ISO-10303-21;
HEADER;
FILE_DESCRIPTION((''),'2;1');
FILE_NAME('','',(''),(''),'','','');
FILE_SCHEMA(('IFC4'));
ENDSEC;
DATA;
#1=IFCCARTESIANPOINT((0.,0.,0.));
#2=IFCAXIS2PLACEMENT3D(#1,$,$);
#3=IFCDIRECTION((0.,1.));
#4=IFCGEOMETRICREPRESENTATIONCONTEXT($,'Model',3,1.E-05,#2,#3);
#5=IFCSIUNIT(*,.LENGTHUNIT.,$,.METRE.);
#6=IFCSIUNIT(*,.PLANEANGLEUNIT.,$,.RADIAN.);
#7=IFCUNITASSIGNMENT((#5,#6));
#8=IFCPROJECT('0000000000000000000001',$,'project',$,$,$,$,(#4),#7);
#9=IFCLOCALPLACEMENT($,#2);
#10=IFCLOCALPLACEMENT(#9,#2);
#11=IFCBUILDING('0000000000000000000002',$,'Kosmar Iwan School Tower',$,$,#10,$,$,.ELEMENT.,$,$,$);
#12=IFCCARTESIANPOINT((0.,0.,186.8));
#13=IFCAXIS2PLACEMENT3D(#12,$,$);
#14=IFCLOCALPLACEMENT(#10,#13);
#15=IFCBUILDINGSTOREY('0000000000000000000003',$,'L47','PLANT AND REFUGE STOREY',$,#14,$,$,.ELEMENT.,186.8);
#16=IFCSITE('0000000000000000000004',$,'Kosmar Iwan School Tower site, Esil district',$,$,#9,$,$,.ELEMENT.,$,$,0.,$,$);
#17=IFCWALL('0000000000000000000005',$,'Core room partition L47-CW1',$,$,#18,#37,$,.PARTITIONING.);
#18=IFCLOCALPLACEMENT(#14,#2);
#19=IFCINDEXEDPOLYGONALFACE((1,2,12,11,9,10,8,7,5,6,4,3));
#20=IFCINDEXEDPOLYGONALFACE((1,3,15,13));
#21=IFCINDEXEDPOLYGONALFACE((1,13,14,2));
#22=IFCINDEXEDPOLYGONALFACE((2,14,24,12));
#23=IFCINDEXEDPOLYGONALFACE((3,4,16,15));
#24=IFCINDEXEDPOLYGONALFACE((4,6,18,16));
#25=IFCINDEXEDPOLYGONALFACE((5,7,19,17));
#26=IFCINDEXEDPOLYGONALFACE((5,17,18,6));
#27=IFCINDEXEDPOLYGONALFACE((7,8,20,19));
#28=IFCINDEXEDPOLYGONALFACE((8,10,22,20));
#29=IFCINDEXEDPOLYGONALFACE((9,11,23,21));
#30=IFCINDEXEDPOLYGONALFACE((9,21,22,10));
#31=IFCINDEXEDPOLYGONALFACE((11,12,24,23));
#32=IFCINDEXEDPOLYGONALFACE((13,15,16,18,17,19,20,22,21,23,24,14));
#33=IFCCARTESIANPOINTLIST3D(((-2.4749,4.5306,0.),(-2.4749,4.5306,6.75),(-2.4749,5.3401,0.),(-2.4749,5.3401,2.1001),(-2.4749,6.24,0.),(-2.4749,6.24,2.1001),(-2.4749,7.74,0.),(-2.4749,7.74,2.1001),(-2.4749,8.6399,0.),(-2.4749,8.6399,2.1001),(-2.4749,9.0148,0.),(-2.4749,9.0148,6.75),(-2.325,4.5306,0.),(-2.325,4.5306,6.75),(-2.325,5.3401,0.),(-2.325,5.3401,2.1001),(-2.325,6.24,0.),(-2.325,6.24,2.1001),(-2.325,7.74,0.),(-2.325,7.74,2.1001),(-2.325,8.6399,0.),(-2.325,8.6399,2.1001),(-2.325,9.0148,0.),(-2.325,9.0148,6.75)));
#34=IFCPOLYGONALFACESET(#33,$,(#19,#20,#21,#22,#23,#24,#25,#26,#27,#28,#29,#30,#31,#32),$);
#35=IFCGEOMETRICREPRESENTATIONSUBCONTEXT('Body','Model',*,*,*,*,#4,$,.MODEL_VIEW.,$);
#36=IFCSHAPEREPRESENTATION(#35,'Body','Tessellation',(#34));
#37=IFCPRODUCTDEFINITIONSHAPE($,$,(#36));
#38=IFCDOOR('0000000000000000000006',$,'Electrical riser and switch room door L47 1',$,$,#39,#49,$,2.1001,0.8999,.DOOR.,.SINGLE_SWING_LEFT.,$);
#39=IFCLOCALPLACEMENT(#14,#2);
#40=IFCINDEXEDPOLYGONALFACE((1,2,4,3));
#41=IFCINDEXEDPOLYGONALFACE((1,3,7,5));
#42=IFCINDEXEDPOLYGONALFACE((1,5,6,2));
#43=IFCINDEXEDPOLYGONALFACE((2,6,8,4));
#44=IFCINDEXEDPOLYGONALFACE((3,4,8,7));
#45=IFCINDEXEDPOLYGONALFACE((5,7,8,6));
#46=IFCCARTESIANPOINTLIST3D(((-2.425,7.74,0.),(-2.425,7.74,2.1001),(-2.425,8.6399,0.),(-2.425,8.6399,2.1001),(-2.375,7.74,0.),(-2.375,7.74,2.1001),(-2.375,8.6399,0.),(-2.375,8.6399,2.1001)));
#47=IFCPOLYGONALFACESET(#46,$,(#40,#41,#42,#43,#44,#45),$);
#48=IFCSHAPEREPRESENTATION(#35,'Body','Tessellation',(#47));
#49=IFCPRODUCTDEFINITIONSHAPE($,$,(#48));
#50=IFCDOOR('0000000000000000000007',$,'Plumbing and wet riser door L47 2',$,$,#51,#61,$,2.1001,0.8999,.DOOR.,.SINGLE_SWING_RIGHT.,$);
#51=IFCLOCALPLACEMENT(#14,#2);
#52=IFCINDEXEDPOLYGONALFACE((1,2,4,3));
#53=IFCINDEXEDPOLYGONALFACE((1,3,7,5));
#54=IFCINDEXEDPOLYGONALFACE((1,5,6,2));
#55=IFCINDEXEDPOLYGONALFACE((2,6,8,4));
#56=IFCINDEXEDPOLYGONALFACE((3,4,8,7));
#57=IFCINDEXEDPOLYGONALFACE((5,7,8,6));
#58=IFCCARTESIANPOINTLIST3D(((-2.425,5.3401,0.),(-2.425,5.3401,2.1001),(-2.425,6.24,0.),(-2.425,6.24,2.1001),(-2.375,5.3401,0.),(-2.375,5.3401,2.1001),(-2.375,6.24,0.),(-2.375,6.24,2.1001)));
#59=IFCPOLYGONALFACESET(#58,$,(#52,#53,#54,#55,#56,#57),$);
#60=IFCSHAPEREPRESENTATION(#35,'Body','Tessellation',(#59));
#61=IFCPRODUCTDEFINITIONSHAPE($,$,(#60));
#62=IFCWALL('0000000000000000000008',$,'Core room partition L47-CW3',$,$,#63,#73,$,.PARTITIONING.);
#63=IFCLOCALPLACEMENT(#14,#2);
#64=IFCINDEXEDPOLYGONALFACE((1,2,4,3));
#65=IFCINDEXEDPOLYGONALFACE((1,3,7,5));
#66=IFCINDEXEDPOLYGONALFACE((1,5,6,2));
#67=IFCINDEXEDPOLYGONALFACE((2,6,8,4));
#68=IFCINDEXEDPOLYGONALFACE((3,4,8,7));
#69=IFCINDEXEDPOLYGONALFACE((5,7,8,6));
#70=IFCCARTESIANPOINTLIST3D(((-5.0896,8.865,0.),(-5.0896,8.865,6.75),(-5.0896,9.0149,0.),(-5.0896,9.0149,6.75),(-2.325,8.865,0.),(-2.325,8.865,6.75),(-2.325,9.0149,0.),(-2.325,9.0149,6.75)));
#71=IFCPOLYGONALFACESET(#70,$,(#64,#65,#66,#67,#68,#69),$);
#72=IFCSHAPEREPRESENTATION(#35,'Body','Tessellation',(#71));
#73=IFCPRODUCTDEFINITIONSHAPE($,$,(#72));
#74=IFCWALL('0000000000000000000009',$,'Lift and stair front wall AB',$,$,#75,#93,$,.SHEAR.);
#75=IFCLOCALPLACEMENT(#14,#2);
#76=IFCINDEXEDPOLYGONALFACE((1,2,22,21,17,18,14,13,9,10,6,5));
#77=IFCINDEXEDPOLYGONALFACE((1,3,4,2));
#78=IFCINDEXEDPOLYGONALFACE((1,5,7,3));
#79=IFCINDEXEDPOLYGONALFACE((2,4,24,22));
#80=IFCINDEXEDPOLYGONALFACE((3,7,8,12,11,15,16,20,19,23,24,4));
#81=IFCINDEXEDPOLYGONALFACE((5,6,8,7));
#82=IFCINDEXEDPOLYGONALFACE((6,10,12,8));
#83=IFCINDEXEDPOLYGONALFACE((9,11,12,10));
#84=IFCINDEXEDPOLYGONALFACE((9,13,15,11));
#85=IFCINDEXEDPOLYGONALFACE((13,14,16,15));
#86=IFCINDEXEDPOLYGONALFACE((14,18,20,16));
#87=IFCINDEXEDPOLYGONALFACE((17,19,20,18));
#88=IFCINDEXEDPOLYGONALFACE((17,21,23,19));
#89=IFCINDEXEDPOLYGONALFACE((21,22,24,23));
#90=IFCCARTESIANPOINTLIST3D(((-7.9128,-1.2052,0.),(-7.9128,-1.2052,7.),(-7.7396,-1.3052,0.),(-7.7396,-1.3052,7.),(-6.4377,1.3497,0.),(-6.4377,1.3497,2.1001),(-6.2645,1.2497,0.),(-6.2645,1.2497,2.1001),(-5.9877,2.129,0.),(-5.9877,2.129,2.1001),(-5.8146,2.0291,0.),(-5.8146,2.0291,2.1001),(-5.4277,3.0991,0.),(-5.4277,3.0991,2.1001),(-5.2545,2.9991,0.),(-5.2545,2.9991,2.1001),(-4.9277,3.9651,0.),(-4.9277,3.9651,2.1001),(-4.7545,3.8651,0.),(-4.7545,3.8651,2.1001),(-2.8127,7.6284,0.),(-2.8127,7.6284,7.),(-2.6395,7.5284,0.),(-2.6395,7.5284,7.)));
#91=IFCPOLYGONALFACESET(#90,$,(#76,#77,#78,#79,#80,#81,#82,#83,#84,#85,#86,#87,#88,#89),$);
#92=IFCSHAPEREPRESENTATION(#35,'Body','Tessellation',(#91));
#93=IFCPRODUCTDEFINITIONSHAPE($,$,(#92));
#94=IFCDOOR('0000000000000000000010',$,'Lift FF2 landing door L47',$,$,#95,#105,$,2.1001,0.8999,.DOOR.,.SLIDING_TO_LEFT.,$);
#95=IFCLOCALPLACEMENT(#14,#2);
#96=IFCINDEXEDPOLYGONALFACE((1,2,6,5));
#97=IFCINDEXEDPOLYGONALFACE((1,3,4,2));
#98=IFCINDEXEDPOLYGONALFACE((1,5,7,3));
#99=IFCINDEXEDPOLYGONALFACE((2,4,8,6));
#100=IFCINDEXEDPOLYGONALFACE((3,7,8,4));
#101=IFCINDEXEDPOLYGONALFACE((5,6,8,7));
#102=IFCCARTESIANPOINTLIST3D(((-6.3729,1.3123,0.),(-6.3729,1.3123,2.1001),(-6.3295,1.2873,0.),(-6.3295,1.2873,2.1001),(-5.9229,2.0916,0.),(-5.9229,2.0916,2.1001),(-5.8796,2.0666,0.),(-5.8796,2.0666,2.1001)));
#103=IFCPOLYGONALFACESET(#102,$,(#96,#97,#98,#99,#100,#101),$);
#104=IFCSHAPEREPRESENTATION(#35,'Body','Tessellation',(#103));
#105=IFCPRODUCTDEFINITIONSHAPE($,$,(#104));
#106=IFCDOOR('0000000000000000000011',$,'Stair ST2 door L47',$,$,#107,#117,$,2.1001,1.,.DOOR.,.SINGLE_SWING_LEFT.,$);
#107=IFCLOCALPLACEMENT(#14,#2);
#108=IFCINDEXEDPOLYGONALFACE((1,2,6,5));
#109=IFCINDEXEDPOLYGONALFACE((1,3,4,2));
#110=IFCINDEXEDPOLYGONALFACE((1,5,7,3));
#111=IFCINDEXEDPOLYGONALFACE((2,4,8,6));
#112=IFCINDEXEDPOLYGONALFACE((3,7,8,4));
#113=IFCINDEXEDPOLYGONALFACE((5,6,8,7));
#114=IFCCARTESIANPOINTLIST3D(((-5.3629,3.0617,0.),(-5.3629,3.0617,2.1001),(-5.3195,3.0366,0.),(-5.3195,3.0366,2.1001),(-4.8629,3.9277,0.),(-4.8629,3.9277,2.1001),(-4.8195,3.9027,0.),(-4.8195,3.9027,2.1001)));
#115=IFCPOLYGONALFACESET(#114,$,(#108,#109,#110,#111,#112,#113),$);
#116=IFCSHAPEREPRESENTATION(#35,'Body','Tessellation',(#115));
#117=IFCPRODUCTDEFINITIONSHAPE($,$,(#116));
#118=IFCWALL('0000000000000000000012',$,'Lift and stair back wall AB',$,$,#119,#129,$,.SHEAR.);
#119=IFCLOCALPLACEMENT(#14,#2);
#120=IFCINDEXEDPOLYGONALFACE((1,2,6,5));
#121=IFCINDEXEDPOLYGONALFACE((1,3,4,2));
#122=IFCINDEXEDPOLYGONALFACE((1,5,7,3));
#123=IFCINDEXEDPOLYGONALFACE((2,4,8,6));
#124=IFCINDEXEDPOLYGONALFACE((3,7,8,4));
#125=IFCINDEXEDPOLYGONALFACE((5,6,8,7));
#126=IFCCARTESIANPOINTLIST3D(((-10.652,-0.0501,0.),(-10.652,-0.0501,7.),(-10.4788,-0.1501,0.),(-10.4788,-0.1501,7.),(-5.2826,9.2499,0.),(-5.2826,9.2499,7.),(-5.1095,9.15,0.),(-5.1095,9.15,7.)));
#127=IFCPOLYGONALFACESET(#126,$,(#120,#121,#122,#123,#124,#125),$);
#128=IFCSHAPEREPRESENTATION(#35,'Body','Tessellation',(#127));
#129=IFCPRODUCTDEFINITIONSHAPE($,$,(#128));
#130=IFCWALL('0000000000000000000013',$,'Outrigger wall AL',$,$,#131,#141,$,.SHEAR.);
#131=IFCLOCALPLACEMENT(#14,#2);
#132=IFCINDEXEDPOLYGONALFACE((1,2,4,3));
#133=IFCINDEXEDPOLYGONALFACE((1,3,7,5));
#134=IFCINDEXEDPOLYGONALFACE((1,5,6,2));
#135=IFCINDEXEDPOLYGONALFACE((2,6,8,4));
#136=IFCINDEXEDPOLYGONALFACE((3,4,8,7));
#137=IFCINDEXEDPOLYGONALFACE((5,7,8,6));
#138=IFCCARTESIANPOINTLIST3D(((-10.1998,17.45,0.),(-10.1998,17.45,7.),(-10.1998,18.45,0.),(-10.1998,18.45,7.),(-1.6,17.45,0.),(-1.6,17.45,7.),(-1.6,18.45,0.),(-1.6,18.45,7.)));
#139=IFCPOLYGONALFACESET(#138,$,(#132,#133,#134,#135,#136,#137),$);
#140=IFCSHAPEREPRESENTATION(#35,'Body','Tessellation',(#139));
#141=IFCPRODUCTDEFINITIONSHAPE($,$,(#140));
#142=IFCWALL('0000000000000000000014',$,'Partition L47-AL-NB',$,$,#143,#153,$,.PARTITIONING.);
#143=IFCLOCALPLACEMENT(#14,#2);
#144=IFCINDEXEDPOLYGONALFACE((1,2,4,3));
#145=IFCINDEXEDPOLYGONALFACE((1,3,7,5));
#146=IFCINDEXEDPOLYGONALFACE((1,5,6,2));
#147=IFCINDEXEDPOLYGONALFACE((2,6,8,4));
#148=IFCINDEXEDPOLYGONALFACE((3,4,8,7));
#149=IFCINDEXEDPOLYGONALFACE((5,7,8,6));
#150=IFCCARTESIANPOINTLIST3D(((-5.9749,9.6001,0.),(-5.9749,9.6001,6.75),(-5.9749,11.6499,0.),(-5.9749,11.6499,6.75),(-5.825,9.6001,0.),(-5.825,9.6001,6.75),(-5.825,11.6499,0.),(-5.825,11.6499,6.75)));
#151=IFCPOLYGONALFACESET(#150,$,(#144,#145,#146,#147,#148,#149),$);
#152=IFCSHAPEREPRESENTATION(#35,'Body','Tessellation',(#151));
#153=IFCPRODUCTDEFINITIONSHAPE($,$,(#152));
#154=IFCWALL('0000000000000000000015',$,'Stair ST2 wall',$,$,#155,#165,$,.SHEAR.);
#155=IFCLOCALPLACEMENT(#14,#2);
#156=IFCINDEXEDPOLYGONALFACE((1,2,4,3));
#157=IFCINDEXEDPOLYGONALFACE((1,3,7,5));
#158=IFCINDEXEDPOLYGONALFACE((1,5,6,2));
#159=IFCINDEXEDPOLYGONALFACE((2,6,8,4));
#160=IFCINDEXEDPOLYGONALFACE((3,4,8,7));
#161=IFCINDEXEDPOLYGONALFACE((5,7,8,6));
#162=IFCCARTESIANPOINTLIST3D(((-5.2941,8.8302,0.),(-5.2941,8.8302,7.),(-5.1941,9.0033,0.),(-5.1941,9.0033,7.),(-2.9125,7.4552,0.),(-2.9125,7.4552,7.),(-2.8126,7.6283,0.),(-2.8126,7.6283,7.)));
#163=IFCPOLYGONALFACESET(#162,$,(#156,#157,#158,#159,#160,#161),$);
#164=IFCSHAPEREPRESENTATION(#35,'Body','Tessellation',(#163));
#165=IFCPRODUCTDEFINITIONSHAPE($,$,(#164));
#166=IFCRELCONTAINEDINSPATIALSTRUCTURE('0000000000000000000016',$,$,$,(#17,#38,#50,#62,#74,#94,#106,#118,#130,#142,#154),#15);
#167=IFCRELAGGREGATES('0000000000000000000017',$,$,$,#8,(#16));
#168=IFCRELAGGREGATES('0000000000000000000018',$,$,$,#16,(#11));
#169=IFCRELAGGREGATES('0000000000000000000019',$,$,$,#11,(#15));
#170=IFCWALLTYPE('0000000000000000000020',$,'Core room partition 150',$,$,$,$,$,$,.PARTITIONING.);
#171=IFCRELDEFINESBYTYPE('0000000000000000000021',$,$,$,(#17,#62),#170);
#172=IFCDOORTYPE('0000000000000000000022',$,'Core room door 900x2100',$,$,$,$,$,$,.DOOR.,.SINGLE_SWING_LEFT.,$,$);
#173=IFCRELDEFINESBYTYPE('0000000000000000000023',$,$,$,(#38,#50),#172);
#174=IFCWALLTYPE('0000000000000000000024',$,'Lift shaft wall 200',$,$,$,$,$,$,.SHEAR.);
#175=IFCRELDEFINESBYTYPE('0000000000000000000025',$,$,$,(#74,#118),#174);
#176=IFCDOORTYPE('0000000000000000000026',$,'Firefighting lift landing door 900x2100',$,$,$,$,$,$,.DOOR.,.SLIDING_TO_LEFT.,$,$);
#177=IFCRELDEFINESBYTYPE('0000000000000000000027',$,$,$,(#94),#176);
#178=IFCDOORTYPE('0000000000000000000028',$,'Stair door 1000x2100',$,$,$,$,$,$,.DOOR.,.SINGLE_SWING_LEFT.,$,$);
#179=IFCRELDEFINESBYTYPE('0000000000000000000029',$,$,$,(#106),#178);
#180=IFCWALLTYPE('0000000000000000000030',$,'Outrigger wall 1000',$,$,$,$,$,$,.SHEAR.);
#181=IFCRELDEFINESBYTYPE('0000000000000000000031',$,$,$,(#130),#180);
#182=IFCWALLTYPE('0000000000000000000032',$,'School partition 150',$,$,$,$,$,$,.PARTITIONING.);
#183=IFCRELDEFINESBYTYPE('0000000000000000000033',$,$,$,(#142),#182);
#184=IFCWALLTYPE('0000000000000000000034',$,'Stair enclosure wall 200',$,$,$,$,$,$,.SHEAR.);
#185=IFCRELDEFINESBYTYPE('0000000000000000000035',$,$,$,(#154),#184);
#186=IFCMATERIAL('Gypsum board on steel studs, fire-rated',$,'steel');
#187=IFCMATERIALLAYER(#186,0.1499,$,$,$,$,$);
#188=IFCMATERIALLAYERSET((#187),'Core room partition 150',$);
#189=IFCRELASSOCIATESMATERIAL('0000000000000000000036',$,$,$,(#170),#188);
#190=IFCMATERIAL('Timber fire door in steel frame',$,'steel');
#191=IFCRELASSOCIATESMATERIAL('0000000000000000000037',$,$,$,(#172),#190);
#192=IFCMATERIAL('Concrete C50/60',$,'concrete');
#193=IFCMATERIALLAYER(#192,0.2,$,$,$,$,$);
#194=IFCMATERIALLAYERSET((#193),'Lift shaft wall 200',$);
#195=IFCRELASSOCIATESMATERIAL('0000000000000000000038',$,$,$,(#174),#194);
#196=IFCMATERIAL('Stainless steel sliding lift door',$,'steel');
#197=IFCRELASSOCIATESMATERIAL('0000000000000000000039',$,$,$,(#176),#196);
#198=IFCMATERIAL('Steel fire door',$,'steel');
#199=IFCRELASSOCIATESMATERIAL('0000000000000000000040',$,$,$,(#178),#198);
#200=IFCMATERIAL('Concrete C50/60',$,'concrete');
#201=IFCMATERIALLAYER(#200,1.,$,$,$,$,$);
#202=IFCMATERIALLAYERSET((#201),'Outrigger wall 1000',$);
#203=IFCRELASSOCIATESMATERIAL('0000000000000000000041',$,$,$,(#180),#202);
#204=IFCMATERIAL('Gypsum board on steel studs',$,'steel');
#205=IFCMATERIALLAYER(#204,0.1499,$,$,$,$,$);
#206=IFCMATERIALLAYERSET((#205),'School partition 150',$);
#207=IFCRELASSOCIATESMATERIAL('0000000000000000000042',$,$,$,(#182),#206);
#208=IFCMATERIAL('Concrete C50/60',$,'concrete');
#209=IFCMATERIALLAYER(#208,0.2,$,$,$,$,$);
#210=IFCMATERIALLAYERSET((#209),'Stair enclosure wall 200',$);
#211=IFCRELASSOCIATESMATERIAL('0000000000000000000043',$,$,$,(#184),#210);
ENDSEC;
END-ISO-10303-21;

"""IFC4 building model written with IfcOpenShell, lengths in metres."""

from ifc_helpers import new_model, si_unit, direction, frame, frame_2d, origin, place, context, subcontext, project, spatial, rectangle, extrude, material, layer, layer_set, type_object, element, fill, save


model = new_model("IFC4")

# Units and contexts
model_context = context("Model", 3, precision=1e-05, world=origin(), true_north=direction((0.0, 1.0)))
body_context = subcontext(model_context, "Body", "Model", "MODEL_VIEW")
ifc_project = project(units=[si_unit("LENGTHUNIT", "METRE"), si_unit("PLANEANGLEUNIT", "RADIAN")], contexts=[model_context])

# Site, building, storey
site_placement = place(None, origin())
site = spatial("IfcSite", under=ifc_project, at=site_placement, Name="Kosmar Iwan School Tower site, Esil district", CompositionType="ELEMENT", RefElevation=0.0)
building_placement = place(site_placement, origin())
building = spatial("IfcBuilding", under=site, at=building_placement, Name="Kosmar Iwan School Tower", CompositionType="ELEMENT")
storey_placement = place(building_placement, frame((0.0, 0.0, 186.8)))
storey = spatial("IfcBuildingStorey", under=building, at=storey_placement, Name="L47", Description="PLANT AND REFUGE STOREY", CompositionType="ELEMENT", Elevation=186.8)

# Wall, openings, doors
ifc_material_1 = material(Name="Gypsum board on steel studs, fire-rated", Category="steel")
ifc_layer_1 = layer(ifc_material_1, 0.1499)
ifc_layer_set_1 = layer_set([ifc_layer_1], Name="Core room partition 150")
wall_type_1 = type_object("IfcWallType", Name="Core room partition 150", PredefinedType="PARTITIONING", material=ifc_layer_set_1)
wall_1_placement = place(storey_placement, frame((-2.3999, 9.0149, 0.0), z_axis=(0.0, 0.0, 1.0), x_axis=(0.0, -1.0, 0.0)))
wall_1 = element("IfcWall", 1, at=wall_1_placement, inside=storey, type_object=wall_type_1, Name="Core room partition L47-CW1", PredefinedType="PARTITIONING", context=body_context, shape_type="SweptSolid", body=[
    extrude(rectangle(XDim=4.4841, YDim=0.1499, at=frame_2d((2.2422, 0.0))), origin(), (0.0, 0.0, 1.0), 6.75),
])
opening_1_placement = place(wall_1_placement, frame((0.375, 0.0, 0.0)))
opening_1 = element("IfcOpeningElement", 2, at=opening_1_placement, cuts=wall_1, PredefinedType="OPENING", context=body_context, shape_type="SweptSolid", body=[
    extrude(rectangle(XDim=0.8999, YDim=2.1001, at=frame_2d((0.45, 1.05))), frame((0.0, 0.0869, 0.0), z_axis=(0.0, -1.0, 0.0), x_axis=(1.0, 0.0, 0.0)), (0.0, 0.0, 1.0), 0.1738),
])
opening_2_placement = place(wall_1_placement, frame((2.7749, 0.0, 0.0)))
opening_2 = element("IfcOpeningElement", 3, at=opening_2_placement, cuts=wall_1, PredefinedType="OPENING", context=body_context, shape_type="SweptSolid", body=[
    extrude(rectangle(XDim=0.8999, YDim=2.1001, at=frame_2d((0.45, 1.05))), frame((0.0, 0.0869, 0.0), z_axis=(0.0, -1.0, 0.0), x_axis=(1.0, 0.0, 0.0)), (0.0, 0.0, 1.0), 0.1738),
])
ifc_material_2 = material(Name="Timber fire door in steel frame", Category="steel")
door_type_1 = type_object("IfcDoorType", Name="Core room door 900x2100", OperationType="SINGLE_SWING_LEFT", PredefinedType="DOOR", material=ifc_material_2)
door_1_placement = place(opening_1_placement, origin())
door_1 = element("IfcDoor", 4, at=door_1_placement, inside=storey, type_object=door_type_1, Name="Electrical riser and switch room door L47 1", OperationType="SINGLE_SWING_LEFT", OverallHeight=2.1001, OverallWidth=0.8999, PredefinedType="DOOR", context=body_context, shape_type="SweptSolid", body=[
    extrude(rectangle(XDim=0.8999, YDim=2.1001, at=frame_2d((0.45, 1.05))), frame((0.0, 0.0249, 0.0), z_axis=(0.0, -1.0, 0.0), x_axis=(1.0, 0.0, 0.0)), (0.0, 0.0, 1.0), 0.05),
])
fill(opening_1, door_1)
door_2_placement = place(opening_2_placement, origin())
door_2 = element("IfcDoor", 5, at=door_2_placement, inside=storey, type_object=door_type_1, Name="Plumbing and wet riser door L47 2", OperationType="SINGLE_SWING_RIGHT", OverallHeight=2.1001, OverallWidth=0.8999, PredefinedType="DOOR", context=body_context, shape_type="SweptSolid", body=[
    extrude(rectangle(XDim=0.8999, YDim=2.1001, at=frame_2d((0.45, 1.05))), frame((0.0, 0.0249, 0.0), z_axis=(0.0, -1.0, 0.0), x_axis=(1.0, 0.0, 0.0)), (0.0, 0.0, 1.0), 0.05),
])
fill(opening_2, door_2)

# Wall
wall_2_placement = place(storey_placement, frame((-5.0896, 8.9399, 0.0), z_axis=(0.0, 0.0, 1.0), x_axis=(1.0, 0.0, 0.0)))
element("IfcWall", 6, at=wall_2_placement, inside=storey, type_object=wall_type_1, Name="Core room partition L47-CW3", PredefinedType="PARTITIONING", context=body_context, shape_type="SweptSolid", body=[
    extrude(rectangle(XDim=2.7646, YDim=0.1499, at=frame_2d((1.3823, 0.0))), origin(), (0.0, 0.0, 1.0), 6.75),
])

# Wall, openings, doors
ifc_material_3 = material(Name="Concrete C50/60", Category="concrete")
ifc_layer_2 = layer(ifc_material_3, 0.2)
ifc_layer_set_2 = layer_set([ifc_layer_2], Name="Lift shaft wall 200")
wall_type_2 = type_object("IfcWallType", Name="Lift shaft wall 200", PredefinedType="SHEAR", material=ifc_layer_set_2)
wall_3_placement = place(storey_placement, frame((-2.7261, 7.5784, 0.0), z_axis=(0.0, 0.0, 1.0), x_axis=(-0.500006, -0.866022, 0.0)))
wall_3 = element("IfcWall", 7, at=wall_3_placement, inside=storey, type_object=wall_type_2, Name="Lift and stair front wall AB", PredefinedType="SHEAR", context=body_context, shape_type="SweptSolid", body=[
    extrude(rectangle(XDim=10.2002, YDim=0.2, at=frame_2d((5.1001, 0.0))), origin(), (0.0, 0.0, 1.0), 7.0),
])
opening_3_placement = place(wall_3_placement, frame((6.3501, 0.0, 0.0)))
opening_3 = element("IfcOpeningElement", 8, at=opening_3_placement, cuts=wall_3, PredefinedType="OPENING", context=body_context, shape_type="SweptSolid", body=[
    extrude(rectangle(XDim=0.8999, YDim=2.1001, at=frame_2d((0.45, 1.05))), frame((0.0, 0.1121, 0.0), z_axis=(0.0, -1.0, 0.0), x_axis=(1.0, 0.0, 0.0)), (0.0, 0.0, 1.0), 0.2239),
])
opening_4_placement = place(wall_3_placement, frame((4.23, 0.0, 0.0)))
opening_4 = element("IfcOpeningElement", 9, at=opening_4_placement, cuts=wall_3, PredefinedType="OPENING", context=body_context, shape_type="SweptSolid", body=[
    extrude(rectangle(XDim=1.0, YDim=2.1001, at=frame_2d((0.5, 1.05))), frame((0.0, 0.1121, 0.0), z_axis=(0.0, -1.0, 0.0), x_axis=(1.0, 0.0, 0.0)), (0.0, 0.0, 1.0), 0.2239),
])
ifc_material_4 = material(Name="Stainless steel sliding lift door", Category="steel")
door_type_2 = type_object("IfcDoorType", Name="Firefighting lift landing door 900x2100", OperationType="SLIDING_TO_LEFT", PredefinedType="DOOR", material=ifc_material_4)
door_3_placement = place(opening_3_placement, origin())
door_3 = element("IfcDoor", 10, at=door_3_placement, inside=storey, type_object=door_type_2, Name="Lift FF2 landing door L47", OperationType="SLIDING_TO_LEFT", OverallHeight=2.1001, OverallWidth=0.8999, PredefinedType="DOOR", context=body_context, shape_type="SweptSolid", body=[
    extrude(rectangle(XDim=0.8999, YDim=2.1001, at=frame_2d((0.45, 1.05))), frame((0.0, 0.0249, 0.0), z_axis=(0.0, -1.0, 0.0), x_axis=(1.0, 0.0, 0.0)), (0.0, 0.0, 1.0), 0.05),
])
fill(opening_3, door_3)
ifc_material_5 = material(Name="Steel fire door", Category="steel")
door_type_3 = type_object("IfcDoorType", Name="Stair door 1000x2100", OperationType="SINGLE_SWING_LEFT", PredefinedType="DOOR", material=ifc_material_5)
door_4_placement = place(opening_4_placement, origin())
door_4 = element("IfcDoor", 11, at=door_4_placement, inside=storey, type_object=door_type_3, Name="Stair ST2 door L47", OperationType="SINGLE_SWING_LEFT", OverallHeight=2.1001, OverallWidth=1.0, PredefinedType="DOOR", context=body_context, shape_type="SweptSolid", body=[
    extrude(rectangle(XDim=1.0, YDim=2.1001, at=frame_2d((0.5, 1.05))), frame((0.0, 0.0249, 0.0), z_axis=(0.0, -1.0, 0.0), x_axis=(1.0, 0.0, 0.0)), (0.0, 0.0, 1.0), 0.05),
])
fill(opening_4, door_4)

# Walls
wall_4_placement = place(storey_placement, frame((-5.196, 9.2, 0.0), z_axis=(0.0, 0.0, 1.0), x_axis=(-0.5, -0.866025, 0.0)))
element("IfcWall", 12, at=wall_4_placement, inside=storey, type_object=wall_type_2, Name="Lift and stair back wall AB", PredefinedType="SHEAR", context=body_context, shape_type="SweptSolid", body=[
    extrude(rectangle(XDim=10.7388, YDim=0.2, at=frame_2d((5.3694, 0.0))), origin(), (0.0, 0.0, 1.0), 7.0),
])
ifc_material_6 = material(Name="Concrete C50/60", Category="concrete")
ifc_layer_3 = layer(ifc_material_6, 1.0)
ifc_layer_set_3 = layer_set([ifc_layer_3], Name="Outrigger wall 1000")
wall_type_3 = type_object("IfcWallType", Name="Outrigger wall 1000", PredefinedType="SHEAR", material=ifc_layer_set_3)
wall_5_placement = place(storey_placement, frame((-1.6001, 17.95, 0.0), z_axis=(0.0, 0.0, 1.0), x_axis=(-1.0, 0.0, 0.0)))
element("IfcWall", 13, at=wall_5_placement, inside=storey, type_object=wall_type_3, Name="Outrigger wall AL", PredefinedType="SHEAR", context=body_context, shape_type="SweptSolid", body=[
    extrude(rectangle(XDim=8.5999, YDim=1.0, at=frame_2d((4.2998, 0.0))), origin(), (0.0, 0.0, 1.0), 7.0),
])
ifc_material_7 = material(Name="Gypsum board on steel studs", Category="steel")
ifc_layer_4 = layer(ifc_material_7, 0.1499)
ifc_layer_set_4 = layer_set([ifc_layer_4], Name="School partition 150")
wall_type_4 = type_object("IfcWallType", Name="School partition 150", PredefinedType="PARTITIONING", material=ifc_layer_set_4)
wall_6_placement = place(storey_placement, frame((-5.8999, 9.6001, 0.0), z_axis=(0.0, 0.0, 1.0), x_axis=(0.0, 1.0, 0.0)))
element("IfcWall", 14, at=wall_6_placement, inside=storey, type_object=wall_type_4, Name="Partition L47-AL-NB", PredefinedType="PARTITIONING", context=body_context, shape_type="SweptSolid", body=[
    extrude(rectangle(XDim=2.0498, YDim=0.1499, at=frame_2d((1.0249, 0.0))), origin(), (0.0, 0.0, 1.0), 6.75),
])
ifc_material_8 = material(Name="Concrete C50/60", Category="concrete")
ifc_layer_5 = layer(ifc_material_8, 0.2)
ifc_layer_set_5 = layer_set([ifc_layer_5], Name="Stair enclosure wall 200")
wall_type_5 = type_object("IfcWallType", Name="Stair enclosure wall 200", PredefinedType="SHEAR", material=ifc_layer_set_5)
wall_7_placement = place(storey_placement, frame((-2.8625, 7.5417, 0.0), z_axis=(0.0, 0.0, 1.0), x_axis=(-0.866027, 0.499997, 0.0)))
element("IfcWall", 15, at=wall_7_placement, inside=storey, type_object=wall_type_5, Name="Stair ST2 wall", PredefinedType="SHEAR", context=body_context, shape_type="SweptSolid", body=[
    extrude(rectangle(XDim=2.75, YDim=0.2, at=frame_2d((1.375, 0.0))), origin(), (0.0, 0.0, 1.0), 7.0),
])

save(model, "model.ifc")
